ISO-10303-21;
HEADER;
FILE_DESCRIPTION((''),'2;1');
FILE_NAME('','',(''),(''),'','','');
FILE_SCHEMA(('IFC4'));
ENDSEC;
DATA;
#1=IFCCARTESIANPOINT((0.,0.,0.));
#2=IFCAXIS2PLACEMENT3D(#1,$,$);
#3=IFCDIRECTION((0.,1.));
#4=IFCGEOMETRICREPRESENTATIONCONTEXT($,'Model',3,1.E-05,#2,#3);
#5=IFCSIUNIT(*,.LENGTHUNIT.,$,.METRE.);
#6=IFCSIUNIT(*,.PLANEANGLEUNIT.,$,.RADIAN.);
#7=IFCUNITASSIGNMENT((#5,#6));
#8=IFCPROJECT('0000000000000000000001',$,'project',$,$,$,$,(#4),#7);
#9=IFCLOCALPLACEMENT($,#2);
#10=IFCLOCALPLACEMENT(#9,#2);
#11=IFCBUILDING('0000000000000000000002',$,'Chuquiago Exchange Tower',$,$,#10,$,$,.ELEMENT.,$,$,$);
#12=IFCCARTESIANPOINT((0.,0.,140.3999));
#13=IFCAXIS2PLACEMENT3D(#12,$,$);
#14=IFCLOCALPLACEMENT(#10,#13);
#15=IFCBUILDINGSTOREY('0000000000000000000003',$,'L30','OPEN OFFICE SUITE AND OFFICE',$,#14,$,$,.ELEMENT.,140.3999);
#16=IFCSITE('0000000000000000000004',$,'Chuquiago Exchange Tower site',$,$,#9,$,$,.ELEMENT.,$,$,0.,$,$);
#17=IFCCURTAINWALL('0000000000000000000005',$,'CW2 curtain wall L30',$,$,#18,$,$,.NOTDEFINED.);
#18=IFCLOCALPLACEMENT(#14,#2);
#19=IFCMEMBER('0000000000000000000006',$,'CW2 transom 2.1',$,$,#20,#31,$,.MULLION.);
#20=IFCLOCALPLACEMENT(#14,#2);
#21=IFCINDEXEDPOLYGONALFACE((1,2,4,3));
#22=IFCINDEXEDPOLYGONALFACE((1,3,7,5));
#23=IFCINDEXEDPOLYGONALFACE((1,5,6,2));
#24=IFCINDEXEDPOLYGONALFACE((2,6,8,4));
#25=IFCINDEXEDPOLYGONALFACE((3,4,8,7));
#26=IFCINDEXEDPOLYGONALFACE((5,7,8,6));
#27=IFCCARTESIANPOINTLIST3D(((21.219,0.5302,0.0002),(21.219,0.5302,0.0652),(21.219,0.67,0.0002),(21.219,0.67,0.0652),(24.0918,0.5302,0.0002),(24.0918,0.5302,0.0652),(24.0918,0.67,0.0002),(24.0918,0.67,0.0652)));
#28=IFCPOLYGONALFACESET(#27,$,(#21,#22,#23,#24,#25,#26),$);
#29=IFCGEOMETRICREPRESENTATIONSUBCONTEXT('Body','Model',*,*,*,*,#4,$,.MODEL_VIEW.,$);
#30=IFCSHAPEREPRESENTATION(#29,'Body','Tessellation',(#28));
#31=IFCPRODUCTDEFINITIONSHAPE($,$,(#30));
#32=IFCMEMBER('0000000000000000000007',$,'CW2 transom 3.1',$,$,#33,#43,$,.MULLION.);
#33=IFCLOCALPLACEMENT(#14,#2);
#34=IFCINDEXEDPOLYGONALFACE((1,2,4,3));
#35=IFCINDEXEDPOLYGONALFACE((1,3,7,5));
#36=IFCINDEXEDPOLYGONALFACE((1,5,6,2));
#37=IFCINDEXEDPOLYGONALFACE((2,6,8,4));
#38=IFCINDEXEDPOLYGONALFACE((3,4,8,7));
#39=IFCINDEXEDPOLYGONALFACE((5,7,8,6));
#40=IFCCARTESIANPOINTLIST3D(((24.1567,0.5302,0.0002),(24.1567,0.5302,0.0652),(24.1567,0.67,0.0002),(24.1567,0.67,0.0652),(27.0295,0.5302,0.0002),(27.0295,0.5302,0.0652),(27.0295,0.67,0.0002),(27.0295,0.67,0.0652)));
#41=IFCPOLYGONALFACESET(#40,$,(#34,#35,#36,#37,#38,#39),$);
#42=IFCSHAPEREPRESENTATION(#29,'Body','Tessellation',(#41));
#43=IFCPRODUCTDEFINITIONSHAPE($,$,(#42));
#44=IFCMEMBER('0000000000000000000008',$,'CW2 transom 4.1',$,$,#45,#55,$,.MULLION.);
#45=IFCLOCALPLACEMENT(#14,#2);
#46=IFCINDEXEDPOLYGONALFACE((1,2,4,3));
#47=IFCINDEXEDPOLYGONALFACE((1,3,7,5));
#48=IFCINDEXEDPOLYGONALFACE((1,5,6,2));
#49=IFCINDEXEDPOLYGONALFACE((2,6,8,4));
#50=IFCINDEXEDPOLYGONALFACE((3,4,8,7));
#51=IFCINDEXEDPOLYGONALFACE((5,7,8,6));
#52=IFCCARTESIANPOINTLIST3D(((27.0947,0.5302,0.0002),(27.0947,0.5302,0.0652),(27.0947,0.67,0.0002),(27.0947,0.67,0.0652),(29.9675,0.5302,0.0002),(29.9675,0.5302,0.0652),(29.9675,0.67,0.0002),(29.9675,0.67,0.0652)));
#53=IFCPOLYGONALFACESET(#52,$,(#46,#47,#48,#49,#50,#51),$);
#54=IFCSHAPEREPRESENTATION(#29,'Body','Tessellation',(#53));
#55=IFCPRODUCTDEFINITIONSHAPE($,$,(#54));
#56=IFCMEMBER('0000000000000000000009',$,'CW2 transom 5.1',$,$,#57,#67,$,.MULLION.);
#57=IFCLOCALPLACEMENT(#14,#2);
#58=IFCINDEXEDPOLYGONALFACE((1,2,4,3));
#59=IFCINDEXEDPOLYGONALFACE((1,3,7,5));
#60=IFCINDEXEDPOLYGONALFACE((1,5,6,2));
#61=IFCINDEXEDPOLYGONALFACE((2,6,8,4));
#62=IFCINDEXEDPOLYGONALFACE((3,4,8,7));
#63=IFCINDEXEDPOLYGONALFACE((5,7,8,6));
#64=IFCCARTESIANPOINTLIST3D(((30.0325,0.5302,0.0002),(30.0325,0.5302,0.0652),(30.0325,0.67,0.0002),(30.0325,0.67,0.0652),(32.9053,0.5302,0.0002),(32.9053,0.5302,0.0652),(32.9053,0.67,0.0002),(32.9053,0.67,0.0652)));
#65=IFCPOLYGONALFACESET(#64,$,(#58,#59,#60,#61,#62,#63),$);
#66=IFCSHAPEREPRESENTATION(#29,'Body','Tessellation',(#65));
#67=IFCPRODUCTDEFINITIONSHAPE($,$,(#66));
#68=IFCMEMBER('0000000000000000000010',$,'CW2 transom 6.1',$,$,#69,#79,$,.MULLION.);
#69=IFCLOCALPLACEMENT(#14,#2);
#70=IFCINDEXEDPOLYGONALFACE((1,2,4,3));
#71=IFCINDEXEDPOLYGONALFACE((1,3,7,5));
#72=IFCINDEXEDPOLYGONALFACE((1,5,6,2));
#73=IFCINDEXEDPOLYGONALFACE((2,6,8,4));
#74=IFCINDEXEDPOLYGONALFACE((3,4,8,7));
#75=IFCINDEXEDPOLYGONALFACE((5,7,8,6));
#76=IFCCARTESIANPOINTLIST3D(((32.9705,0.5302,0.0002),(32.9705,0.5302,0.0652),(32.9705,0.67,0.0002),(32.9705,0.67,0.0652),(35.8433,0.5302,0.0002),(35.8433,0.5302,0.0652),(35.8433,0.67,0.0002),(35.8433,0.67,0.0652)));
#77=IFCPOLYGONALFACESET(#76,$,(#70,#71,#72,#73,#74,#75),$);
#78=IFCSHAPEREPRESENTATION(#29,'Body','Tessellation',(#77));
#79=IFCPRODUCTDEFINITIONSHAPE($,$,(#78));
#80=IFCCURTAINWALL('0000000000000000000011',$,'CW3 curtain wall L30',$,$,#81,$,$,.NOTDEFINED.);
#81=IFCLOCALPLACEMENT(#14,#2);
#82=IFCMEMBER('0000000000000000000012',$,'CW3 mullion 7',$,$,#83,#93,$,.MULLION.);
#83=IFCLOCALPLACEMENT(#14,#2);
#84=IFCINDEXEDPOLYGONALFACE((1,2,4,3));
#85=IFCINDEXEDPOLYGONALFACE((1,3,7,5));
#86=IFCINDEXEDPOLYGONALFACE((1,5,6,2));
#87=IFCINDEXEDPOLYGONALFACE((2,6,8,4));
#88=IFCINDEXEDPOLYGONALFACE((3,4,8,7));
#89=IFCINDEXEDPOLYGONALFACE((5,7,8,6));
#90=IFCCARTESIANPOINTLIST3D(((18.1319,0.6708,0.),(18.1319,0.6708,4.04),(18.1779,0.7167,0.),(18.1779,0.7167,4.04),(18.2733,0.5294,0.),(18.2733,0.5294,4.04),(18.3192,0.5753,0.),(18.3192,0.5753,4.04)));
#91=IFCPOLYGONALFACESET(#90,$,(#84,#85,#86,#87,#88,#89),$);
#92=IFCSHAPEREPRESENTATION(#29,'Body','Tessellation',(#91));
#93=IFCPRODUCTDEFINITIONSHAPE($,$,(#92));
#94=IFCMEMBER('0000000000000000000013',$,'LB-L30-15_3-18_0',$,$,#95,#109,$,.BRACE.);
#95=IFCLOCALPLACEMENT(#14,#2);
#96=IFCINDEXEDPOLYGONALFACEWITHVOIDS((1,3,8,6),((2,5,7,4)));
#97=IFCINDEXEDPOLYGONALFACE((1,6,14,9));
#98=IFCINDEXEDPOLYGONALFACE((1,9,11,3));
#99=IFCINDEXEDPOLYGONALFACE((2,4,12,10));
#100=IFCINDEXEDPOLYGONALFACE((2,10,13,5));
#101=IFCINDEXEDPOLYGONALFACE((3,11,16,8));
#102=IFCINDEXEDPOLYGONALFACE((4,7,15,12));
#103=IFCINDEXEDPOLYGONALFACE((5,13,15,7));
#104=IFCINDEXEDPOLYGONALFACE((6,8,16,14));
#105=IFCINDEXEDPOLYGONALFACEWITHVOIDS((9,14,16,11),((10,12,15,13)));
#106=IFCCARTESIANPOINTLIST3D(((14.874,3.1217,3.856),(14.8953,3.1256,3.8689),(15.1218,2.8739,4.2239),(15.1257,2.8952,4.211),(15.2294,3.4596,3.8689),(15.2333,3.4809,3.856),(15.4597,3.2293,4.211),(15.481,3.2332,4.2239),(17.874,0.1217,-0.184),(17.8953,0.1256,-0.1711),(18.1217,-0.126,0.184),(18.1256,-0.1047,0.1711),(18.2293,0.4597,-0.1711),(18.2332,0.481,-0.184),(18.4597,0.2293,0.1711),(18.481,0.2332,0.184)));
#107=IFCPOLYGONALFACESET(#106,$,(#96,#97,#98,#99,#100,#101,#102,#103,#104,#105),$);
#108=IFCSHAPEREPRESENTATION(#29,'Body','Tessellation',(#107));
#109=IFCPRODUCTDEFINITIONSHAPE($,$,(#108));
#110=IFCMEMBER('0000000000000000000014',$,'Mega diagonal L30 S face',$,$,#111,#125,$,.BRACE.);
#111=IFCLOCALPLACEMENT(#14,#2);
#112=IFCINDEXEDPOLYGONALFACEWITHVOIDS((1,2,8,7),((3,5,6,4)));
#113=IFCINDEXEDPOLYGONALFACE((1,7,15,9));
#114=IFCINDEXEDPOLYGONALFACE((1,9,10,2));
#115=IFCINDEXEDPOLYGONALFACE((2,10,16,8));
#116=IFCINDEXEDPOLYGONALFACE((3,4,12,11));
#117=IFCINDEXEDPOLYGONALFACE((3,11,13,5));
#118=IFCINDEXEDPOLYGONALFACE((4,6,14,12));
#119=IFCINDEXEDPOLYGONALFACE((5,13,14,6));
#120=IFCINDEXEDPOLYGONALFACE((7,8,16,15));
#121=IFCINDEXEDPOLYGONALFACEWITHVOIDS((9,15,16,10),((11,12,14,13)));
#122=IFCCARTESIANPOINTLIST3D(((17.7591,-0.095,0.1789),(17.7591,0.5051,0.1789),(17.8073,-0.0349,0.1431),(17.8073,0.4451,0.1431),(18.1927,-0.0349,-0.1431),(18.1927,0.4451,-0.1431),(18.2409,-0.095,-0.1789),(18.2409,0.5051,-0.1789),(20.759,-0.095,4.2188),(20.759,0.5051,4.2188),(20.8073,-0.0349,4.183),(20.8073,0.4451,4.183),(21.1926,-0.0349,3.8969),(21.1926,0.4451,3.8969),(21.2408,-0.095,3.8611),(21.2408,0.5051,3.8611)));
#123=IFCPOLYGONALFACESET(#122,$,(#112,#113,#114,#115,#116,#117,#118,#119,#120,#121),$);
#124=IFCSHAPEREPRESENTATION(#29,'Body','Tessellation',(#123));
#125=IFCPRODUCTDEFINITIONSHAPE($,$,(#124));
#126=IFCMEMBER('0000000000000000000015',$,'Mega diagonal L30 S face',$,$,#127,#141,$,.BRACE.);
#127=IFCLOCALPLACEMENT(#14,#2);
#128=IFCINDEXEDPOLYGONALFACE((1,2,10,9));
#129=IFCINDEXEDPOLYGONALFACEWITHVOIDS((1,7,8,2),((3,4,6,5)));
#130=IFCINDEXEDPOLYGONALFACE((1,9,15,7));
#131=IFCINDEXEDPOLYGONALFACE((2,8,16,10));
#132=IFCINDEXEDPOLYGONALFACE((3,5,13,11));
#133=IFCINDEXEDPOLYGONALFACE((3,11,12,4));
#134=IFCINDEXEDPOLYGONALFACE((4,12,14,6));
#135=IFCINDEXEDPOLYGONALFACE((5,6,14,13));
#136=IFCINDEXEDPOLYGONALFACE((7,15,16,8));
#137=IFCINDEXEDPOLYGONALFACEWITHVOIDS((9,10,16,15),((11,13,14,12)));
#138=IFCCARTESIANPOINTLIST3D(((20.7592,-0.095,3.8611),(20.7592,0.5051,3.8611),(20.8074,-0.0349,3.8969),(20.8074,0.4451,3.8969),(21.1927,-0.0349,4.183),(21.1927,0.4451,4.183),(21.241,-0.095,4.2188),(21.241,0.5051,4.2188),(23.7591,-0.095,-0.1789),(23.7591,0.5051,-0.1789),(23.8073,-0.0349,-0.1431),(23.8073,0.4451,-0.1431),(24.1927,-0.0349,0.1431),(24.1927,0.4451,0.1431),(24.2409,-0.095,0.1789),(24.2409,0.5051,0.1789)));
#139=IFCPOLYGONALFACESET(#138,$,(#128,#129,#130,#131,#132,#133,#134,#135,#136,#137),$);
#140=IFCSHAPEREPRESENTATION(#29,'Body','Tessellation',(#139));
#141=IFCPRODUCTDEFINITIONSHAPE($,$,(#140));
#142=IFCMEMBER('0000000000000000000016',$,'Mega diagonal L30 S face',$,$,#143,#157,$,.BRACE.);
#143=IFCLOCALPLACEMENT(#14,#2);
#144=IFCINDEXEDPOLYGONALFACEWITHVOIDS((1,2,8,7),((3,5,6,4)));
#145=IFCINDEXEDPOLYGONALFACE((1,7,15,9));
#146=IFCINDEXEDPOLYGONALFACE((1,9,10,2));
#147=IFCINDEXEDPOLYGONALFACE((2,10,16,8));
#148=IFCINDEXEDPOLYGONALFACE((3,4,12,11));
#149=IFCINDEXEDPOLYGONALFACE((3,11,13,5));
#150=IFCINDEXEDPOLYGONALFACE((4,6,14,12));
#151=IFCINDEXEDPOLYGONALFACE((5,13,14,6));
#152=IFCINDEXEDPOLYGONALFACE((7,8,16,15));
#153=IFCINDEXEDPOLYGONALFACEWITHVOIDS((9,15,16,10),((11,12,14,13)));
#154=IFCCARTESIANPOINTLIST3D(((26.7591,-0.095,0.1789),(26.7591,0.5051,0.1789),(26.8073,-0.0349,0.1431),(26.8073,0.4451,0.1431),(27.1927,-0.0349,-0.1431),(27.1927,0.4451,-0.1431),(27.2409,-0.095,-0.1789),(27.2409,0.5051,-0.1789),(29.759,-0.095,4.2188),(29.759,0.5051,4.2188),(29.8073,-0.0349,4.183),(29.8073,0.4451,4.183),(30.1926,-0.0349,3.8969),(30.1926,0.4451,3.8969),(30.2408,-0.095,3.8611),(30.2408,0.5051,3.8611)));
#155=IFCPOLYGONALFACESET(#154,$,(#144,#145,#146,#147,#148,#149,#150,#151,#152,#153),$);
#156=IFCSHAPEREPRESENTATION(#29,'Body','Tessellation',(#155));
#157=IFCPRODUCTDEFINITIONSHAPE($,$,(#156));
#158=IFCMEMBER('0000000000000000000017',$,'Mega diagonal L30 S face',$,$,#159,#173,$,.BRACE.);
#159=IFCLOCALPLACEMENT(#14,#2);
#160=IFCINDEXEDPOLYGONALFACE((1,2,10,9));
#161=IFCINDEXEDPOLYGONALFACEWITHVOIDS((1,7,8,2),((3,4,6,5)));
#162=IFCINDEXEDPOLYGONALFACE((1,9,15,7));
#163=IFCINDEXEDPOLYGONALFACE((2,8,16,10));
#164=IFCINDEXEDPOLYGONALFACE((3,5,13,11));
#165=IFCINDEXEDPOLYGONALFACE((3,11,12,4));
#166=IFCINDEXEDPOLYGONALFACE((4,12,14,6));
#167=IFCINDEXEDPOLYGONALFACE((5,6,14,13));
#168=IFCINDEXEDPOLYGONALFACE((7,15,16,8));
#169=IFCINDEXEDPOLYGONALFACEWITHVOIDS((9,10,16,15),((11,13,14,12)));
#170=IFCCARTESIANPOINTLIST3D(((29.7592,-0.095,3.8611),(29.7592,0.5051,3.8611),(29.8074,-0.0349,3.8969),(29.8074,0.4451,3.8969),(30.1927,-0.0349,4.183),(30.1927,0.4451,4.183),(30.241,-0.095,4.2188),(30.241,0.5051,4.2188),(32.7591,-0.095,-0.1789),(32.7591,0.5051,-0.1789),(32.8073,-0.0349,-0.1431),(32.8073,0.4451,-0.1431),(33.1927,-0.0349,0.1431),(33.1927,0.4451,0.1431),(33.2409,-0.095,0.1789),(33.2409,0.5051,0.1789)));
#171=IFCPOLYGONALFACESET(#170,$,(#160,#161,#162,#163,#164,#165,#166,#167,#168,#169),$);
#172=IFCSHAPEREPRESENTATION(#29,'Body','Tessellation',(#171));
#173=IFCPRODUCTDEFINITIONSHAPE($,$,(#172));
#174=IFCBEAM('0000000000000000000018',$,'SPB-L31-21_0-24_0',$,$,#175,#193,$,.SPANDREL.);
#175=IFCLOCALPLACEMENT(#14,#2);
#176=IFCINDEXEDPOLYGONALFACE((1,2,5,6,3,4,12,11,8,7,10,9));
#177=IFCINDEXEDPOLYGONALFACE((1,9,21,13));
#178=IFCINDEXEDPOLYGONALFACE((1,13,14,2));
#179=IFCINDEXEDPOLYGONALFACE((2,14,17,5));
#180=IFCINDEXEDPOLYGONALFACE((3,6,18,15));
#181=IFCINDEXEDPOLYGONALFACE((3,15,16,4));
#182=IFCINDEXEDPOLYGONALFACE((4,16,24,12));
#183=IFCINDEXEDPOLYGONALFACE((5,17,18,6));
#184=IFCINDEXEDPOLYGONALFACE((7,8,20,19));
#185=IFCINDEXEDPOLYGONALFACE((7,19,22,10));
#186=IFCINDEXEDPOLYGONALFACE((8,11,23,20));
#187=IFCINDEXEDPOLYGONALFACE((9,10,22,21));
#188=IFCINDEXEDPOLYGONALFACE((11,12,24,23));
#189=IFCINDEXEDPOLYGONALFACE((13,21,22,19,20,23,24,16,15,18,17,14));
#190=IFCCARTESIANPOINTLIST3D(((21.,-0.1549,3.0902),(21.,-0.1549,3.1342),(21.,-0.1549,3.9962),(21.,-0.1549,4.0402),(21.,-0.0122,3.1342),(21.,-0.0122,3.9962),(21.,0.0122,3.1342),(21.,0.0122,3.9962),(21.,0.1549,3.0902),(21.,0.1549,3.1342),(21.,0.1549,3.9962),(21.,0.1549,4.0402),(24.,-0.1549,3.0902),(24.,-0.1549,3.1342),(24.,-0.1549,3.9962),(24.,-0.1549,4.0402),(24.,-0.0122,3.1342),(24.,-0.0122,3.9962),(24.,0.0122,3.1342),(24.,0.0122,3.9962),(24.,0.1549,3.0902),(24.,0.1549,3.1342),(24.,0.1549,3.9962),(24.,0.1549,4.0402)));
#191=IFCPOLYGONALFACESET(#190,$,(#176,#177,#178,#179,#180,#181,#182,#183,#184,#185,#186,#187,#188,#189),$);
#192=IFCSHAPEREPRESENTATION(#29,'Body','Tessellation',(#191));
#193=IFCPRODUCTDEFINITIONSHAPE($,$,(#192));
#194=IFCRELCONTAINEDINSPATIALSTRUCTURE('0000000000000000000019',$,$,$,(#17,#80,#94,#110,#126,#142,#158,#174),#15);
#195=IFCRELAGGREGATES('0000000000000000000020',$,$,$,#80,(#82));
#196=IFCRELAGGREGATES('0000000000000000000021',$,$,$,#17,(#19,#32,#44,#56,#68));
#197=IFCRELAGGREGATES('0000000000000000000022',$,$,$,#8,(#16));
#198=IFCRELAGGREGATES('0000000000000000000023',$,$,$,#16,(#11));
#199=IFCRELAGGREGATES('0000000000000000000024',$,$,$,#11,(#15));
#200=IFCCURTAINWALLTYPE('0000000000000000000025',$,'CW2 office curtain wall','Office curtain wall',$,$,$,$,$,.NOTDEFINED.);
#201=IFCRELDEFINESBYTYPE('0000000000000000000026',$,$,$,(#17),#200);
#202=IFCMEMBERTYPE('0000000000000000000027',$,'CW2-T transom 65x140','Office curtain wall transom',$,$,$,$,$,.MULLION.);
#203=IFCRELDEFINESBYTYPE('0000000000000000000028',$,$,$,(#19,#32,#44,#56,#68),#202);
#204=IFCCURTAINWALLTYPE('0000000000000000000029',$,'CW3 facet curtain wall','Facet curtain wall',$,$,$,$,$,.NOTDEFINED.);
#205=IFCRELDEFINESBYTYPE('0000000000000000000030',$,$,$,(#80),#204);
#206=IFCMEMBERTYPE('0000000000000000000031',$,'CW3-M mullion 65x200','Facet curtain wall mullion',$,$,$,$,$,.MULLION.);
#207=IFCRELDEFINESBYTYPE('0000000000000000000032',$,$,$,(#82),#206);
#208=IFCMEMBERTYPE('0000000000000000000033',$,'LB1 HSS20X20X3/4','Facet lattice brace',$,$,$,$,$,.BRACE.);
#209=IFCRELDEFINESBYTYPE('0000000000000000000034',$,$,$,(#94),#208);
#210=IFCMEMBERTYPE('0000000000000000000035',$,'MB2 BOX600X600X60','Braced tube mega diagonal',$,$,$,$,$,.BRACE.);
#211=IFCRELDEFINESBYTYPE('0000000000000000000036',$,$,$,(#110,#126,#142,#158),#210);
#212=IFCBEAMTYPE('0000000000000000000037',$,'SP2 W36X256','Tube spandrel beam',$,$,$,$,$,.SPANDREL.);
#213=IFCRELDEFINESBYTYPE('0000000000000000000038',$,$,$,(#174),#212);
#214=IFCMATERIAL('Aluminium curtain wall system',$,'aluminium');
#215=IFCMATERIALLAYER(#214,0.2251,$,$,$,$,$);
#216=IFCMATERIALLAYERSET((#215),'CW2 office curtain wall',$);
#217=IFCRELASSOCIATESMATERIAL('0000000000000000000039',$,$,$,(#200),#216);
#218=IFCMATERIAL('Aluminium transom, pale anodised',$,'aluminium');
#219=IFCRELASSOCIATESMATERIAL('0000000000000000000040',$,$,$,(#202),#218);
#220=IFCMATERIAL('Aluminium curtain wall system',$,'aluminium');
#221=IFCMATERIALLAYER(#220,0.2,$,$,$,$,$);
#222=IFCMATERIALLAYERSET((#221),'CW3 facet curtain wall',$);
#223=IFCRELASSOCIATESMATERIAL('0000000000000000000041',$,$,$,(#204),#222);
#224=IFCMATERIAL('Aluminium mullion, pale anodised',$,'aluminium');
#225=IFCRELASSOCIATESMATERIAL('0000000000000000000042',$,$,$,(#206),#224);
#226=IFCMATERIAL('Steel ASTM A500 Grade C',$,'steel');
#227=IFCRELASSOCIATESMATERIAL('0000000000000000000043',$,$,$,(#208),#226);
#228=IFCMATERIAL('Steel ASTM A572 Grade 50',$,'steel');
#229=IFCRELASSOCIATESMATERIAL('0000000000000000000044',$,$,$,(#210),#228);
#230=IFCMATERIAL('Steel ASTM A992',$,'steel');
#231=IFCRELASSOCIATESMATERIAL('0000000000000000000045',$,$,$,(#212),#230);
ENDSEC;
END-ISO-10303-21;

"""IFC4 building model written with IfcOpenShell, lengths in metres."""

from ifc_helpers import new_model, si_unit, direction, frame, origin, origin_2d, place, context, subcontext, project, spatial, rectangle, hollow_rectangle, i_section, extrude, material, layer, layer_set, material_profile, profile_set, type_object, element, aggregate, save


model = new_model("IFC4")

# Units and contexts
model_context = context("Model", 3, precision=1e-05, world=origin(), true_north=direction((0.0, 1.0)))
body_context = subcontext(model_context, "Body", "Model", "MODEL_VIEW")
ifc_project = project(units=[si_unit("LENGTHUNIT", "METRE"), si_unit("PLANEANGLEUNIT", "RADIAN")], contexts=[model_context])

# Site, building, storey
site_placement = place(None, origin())
site = spatial("IfcSite", under=ifc_project, at=site_placement, Name="Chuquiago Exchange Tower site", CompositionType="ELEMENT", RefElevation=0.0)
building_placement = place(site_placement, origin())
building = spatial("IfcBuilding", under=site, at=building_placement, Name="Chuquiago Exchange Tower", CompositionType="ELEMENT")
storey_placement = place(building_placement, frame((0.0, 0.0, 140.3999)))
storey = spatial("IfcBuildingStorey", under=building, at=storey_placement, Name="L30", Description="OPEN OFFICE SUITE AND OFFICE", CompositionType="ELEMENT", Elevation=140.3999)

# Curtain wall, members
ifc_material_1 = material(Name="Aluminium curtain wall system", Category="aluminium")
ifc_layer_1 = layer(ifc_material_1, 0.2251)
ifc_layer_set_1 = layer_set([ifc_layer_1], Name="CW2 office curtain wall")
curtain_wall_type_1 = type_object("IfcCurtainWallType", Name="CW2 office curtain wall", Description="Office curtain wall", PredefinedType="NOTDEFINED", material=ifc_layer_set_1)
curtain_wall_1_placement = place(storey_placement, origin())
curtain_wall_1 = element("IfcCurtainWall", 1, at=curtain_wall_1_placement, inside=storey, type_object=curtain_wall_type_1, Name="CW2 curtain wall L30", PredefinedType="NOTDEFINED")
ifc_material_2 = material(Name="Aluminium transom, pale anodised", Category="aluminium")
ifc_material_profile_1 = material_profile(ifc_material_2, rectangle(XDim=0.1399, YDim=0.0649, at=origin_2d()), Name="AL 140x65")
ifc_profile_set_1 = profile_set([ifc_material_profile_1], Name="Aluminium transom, pale anodised")
member_type_1 = type_object("IfcMemberType", Name="CW2-T transom 65x140", Description="Office curtain wall transom", PredefinedType="MULLION", material=ifc_profile_set_1)
member_1_placement = place(storey_placement, frame((21.219, 0.6001, 0.0327), z_axis=(1.0, 0.0, 0.0), x_axis=(0.0, 1.0, 0.0)))
member_1 = element("IfcMember", 2, at=member_1_placement, type_object=member_type_1, Name="CW2 transom 2.1", PredefinedType="MULLION", context=body_context, shape_type="SweptSolid", body=[
    extrude(rectangle(XDim=0.1399, YDim=0.0649, at=origin_2d()), origin(), (0.0, 0.0, 1.0), 2.8728),
])
member_2_placement = place(storey_placement, frame((24.1567, 0.6001, 0.0327), z_axis=(1.0, 0.0, 0.0), x_axis=(0.0, 1.0, 0.0)))
member_2 = element("IfcMember", 3, at=member_2_placement, type_object=member_type_1, Name="CW2 transom 3.1", PredefinedType="MULLION", context=body_context, shape_type="SweptSolid", body=[
    extrude(rectangle(XDim=0.1399, YDim=0.0649, at=origin_2d()), origin(), (0.0, 0.0, 1.0), 2.8728),
])
member_3_placement = place(storey_placement, frame((27.0947, 0.6001, 0.0327), z_axis=(1.0, 0.0, 0.0), x_axis=(0.0, 1.0, 0.0)))
member_3 = element("IfcMember", 4, at=member_3_placement, type_object=member_type_1, Name="CW2 transom 4.1", PredefinedType="MULLION", context=body_context, shape_type="SweptSolid", body=[
    extrude(rectangle(XDim=0.1399, YDim=0.0649, at=origin_2d()), origin(), (0.0, 0.0, 1.0), 2.8728),
])
member_4_placement = place(storey_placement, frame((30.0325, 0.6001, 0.0327), z_axis=(1.0, 0.0, 0.0), x_axis=(0.0, 1.0, 0.0)))
member_4 = element("IfcMember", 5, at=member_4_placement, type_object=member_type_1, Name="CW2 transom 5.1", PredefinedType="MULLION", context=body_context, shape_type="SweptSolid", body=[
    extrude(rectangle(XDim=0.1399, YDim=0.0649, at=origin_2d()), origin(), (0.0, 0.0, 1.0), 2.8728),
])
member_5_placement = place(storey_placement, frame((32.9705, 0.6001, 0.0327), z_axis=(1.0, 0.0, 0.0), x_axis=(0.0, 1.0, 0.0)))
member_5 = element("IfcMember", 6, at=member_5_placement, type_object=member_type_1, Name="CW2 transom 6.1", PredefinedType="MULLION", context=body_context, shape_type="SweptSolid", body=[
    extrude(rectangle(XDim=0.1399, YDim=0.0649, at=origin_2d()), origin(), (0.0, 0.0, 1.0), 2.8728),
])

# Curtain wall, member
ifc_material_3 = material(Name="Aluminium curtain wall system", Category="aluminium")
ifc_layer_2 = layer(ifc_material_3, 0.2)
ifc_layer_set_2 = layer_set([ifc_layer_2], Name="CW3 facet curtain wall")
curtain_wall_type_2 = type_object("IfcCurtainWallType", Name="CW3 facet curtain wall", Description="Facet curtain wall", PredefinedType="NOTDEFINED", material=ifc_layer_set_2)
curtain_wall_2_placement = place(storey_placement, origin())
curtain_wall_2 = element("IfcCurtainWall", 7, at=curtain_wall_2_placement, inside=storey, type_object=curtain_wall_type_2, Name="CW3 curtain wall L30", PredefinedType="NOTDEFINED")
ifc_material_4 = material(Name="Aluminium mullion, pale anodised", Category="aluminium")
ifc_material_profile_2 = material_profile(ifc_material_4, rectangle(XDim=0.0649, YDim=0.2, at=origin_2d()), Name="AL 65x200")
ifc_profile_set_2 = profile_set([ifc_material_profile_2], Name="Aluminium mullion, pale anodised")
member_type_2 = type_object("IfcMemberType", Name="CW3-M mullion 65x200", Description="Facet curtain wall mullion", PredefinedType="MULLION", material=ifc_profile_set_2)
member_6_placement = place(storey_placement, frame((18.2256, 0.623, 0.0), z_axis=(0.0, 0.0, 1.0), x_axis=(0.707107, 0.707107, 0.0)))
member_6 = element("IfcMember", 8, at=member_6_placement, type_object=member_type_2, Name="CW3 mullion 7", PredefinedType="MULLION", context=body_context, shape_type="SweptSolid", body=[
    extrude(rectangle(XDim=0.0649, YDim=0.2, at=origin_2d()), origin(), (0.0, 0.0, 1.0), 4.04),
])
aggregate(curtain_wall_2, [member_6])

# Members
ifc_material_5 = material(Name="Steel ASTM A500 Grade C", Category="steel")
ifc_material_profile_3 = material_profile(ifc_material_5, hollow_rectangle(XDim=0.5081, YDim=0.5081, WallThickness=0.0178, at=origin_2d()), Name="HSS20X20X3/4")
ifc_profile_set_3 = profile_set([ifc_material_profile_3], Name="Steel ASTM A500 Grade C")
member_type_3 = type_object("IfcMemberType", Name="LB1 HSS20X20X3/4", Description="Facet lattice brace", PredefinedType="BRACE", material=ifc_profile_set_3)
member_7_placement = place(storey_placement, frame((18.1775, 0.1775, 0.0), z_axis=(-0.512077, 0.512077, 0.689604), x_axis=(-0.707107, -0.707107, 0.0)))
element("IfcMember", 9, at=member_7_placement, inside=storey, type_object=member_type_3, Name="LB-L30-15_3-18_0", PredefinedType="BRACE", context=body_context, shape_type="SweptSolid", body=[
    extrude(hollow_rectangle(XDim=0.5081, YDim=0.5081, WallThickness=0.0178, at=origin_2d()), origin(), (0.0, 0.0, 1.0), 5.8584),
])
ifc_material_6 = material(Name="Steel ASTM A572 Grade 50", Category="steel")
ifc_material_profile_4 = material_profile(ifc_material_6, hollow_rectangle(XDim=0.6001, YDim=0.6001, WallThickness=0.0601, at=origin_2d()), Name="BOX600X600X60")
ifc_profile_set_4 = profile_set([ifc_material_profile_4], Name="Steel ASTM A572 Grade 50")
member_type_4 = type_object("IfcMemberType", Name="MB2 BOX600X600X60", Description="Braced tube mega diagonal", PredefinedType="BRACE", material=ifc_profile_set_4)
for number, where, z_axis, x_axis, name in (
    (10, (18.0, 0.2051, 0.0), (0.596174, 0.0, 0.802855), (0.0, 1.0, 0.0), "Mega diagonal L30 S face"),
    (11, (24.0, 0.2051, 0.0), (-0.596174, 0.0, 0.802855), (0.0, -1.0, 0.0), "Mega diagonal L30 S face"),
    (12, (27.0, 0.2051, 0.0), (0.596174, 0.0, 0.802855), (0.0, 1.0, 0.0), "Mega diagonal L30 S face"),
    (13, (33.0, 0.2051, 0.0), (-0.596174, 0.0, 0.802855), (0.0, -1.0, 0.0), "Mega diagonal L30 S face"),
):
    element("IfcMember", number, at=place(storey_placement, frame(where, z_axis=z_axis, x_axis=x_axis)), inside=storey, type_object=member_type_4, Name=name, PredefinedType="BRACE", context=body_context, shape_type="SweptSolid", body=[
        extrude(hollow_rectangle(XDim=0.6001, YDim=0.6001, WallThickness=0.0601, at=origin_2d()), origin(), (0.0, 0.0, 1.0), 5.032),
    ])

# Beam
ifc_material_7 = material(Name="Steel ASTM A992", Category="steel")
ifc_material_profile_5 = material_profile(ifc_material_7, i_section(OverallWidth=0.3098, OverallDepth=0.95, WebThickness=0.0244, FlangeThickness=0.0439, at=origin_2d()), Name="W36X256")
ifc_profile_set_5 = profile_set([ifc_material_profile_5], Name="Steel ASTM A992")
beam_type = type_object("IfcBeamType", Name="SP2 W36X256", Description="Tube spandrel beam", PredefinedType="SPANDREL", material=ifc_profile_set_5)
for number, where, z_axis, x_axis, name in (
    (14, (21.0, 0.0, 3.5652), (1.0, 0.0, 0.0), (0.0, 1.0, 0.0), "SPB-L31-21_0-24_0"),
):
    element("IfcBeam", number, at=place(storey_placement, frame(where, z_axis=z_axis, x_axis=x_axis)), inside=storey, type_object=beam_type, Name=name, PredefinedType="SPANDREL", context=body_context, shape_type="SweptSolid", body=[
        extrude(i_section(OverallWidth=0.3098, OverallDepth=0.95, WebThickness=0.0244, FlangeThickness=0.0439, at=origin_2d()), origin(), (0.0, 0.0, 1.0), 3.0),
    ])

aggregate(curtain_wall_1, [member_1, member_2, member_3, member_4, member_5])

save(model, "model.ifc")
